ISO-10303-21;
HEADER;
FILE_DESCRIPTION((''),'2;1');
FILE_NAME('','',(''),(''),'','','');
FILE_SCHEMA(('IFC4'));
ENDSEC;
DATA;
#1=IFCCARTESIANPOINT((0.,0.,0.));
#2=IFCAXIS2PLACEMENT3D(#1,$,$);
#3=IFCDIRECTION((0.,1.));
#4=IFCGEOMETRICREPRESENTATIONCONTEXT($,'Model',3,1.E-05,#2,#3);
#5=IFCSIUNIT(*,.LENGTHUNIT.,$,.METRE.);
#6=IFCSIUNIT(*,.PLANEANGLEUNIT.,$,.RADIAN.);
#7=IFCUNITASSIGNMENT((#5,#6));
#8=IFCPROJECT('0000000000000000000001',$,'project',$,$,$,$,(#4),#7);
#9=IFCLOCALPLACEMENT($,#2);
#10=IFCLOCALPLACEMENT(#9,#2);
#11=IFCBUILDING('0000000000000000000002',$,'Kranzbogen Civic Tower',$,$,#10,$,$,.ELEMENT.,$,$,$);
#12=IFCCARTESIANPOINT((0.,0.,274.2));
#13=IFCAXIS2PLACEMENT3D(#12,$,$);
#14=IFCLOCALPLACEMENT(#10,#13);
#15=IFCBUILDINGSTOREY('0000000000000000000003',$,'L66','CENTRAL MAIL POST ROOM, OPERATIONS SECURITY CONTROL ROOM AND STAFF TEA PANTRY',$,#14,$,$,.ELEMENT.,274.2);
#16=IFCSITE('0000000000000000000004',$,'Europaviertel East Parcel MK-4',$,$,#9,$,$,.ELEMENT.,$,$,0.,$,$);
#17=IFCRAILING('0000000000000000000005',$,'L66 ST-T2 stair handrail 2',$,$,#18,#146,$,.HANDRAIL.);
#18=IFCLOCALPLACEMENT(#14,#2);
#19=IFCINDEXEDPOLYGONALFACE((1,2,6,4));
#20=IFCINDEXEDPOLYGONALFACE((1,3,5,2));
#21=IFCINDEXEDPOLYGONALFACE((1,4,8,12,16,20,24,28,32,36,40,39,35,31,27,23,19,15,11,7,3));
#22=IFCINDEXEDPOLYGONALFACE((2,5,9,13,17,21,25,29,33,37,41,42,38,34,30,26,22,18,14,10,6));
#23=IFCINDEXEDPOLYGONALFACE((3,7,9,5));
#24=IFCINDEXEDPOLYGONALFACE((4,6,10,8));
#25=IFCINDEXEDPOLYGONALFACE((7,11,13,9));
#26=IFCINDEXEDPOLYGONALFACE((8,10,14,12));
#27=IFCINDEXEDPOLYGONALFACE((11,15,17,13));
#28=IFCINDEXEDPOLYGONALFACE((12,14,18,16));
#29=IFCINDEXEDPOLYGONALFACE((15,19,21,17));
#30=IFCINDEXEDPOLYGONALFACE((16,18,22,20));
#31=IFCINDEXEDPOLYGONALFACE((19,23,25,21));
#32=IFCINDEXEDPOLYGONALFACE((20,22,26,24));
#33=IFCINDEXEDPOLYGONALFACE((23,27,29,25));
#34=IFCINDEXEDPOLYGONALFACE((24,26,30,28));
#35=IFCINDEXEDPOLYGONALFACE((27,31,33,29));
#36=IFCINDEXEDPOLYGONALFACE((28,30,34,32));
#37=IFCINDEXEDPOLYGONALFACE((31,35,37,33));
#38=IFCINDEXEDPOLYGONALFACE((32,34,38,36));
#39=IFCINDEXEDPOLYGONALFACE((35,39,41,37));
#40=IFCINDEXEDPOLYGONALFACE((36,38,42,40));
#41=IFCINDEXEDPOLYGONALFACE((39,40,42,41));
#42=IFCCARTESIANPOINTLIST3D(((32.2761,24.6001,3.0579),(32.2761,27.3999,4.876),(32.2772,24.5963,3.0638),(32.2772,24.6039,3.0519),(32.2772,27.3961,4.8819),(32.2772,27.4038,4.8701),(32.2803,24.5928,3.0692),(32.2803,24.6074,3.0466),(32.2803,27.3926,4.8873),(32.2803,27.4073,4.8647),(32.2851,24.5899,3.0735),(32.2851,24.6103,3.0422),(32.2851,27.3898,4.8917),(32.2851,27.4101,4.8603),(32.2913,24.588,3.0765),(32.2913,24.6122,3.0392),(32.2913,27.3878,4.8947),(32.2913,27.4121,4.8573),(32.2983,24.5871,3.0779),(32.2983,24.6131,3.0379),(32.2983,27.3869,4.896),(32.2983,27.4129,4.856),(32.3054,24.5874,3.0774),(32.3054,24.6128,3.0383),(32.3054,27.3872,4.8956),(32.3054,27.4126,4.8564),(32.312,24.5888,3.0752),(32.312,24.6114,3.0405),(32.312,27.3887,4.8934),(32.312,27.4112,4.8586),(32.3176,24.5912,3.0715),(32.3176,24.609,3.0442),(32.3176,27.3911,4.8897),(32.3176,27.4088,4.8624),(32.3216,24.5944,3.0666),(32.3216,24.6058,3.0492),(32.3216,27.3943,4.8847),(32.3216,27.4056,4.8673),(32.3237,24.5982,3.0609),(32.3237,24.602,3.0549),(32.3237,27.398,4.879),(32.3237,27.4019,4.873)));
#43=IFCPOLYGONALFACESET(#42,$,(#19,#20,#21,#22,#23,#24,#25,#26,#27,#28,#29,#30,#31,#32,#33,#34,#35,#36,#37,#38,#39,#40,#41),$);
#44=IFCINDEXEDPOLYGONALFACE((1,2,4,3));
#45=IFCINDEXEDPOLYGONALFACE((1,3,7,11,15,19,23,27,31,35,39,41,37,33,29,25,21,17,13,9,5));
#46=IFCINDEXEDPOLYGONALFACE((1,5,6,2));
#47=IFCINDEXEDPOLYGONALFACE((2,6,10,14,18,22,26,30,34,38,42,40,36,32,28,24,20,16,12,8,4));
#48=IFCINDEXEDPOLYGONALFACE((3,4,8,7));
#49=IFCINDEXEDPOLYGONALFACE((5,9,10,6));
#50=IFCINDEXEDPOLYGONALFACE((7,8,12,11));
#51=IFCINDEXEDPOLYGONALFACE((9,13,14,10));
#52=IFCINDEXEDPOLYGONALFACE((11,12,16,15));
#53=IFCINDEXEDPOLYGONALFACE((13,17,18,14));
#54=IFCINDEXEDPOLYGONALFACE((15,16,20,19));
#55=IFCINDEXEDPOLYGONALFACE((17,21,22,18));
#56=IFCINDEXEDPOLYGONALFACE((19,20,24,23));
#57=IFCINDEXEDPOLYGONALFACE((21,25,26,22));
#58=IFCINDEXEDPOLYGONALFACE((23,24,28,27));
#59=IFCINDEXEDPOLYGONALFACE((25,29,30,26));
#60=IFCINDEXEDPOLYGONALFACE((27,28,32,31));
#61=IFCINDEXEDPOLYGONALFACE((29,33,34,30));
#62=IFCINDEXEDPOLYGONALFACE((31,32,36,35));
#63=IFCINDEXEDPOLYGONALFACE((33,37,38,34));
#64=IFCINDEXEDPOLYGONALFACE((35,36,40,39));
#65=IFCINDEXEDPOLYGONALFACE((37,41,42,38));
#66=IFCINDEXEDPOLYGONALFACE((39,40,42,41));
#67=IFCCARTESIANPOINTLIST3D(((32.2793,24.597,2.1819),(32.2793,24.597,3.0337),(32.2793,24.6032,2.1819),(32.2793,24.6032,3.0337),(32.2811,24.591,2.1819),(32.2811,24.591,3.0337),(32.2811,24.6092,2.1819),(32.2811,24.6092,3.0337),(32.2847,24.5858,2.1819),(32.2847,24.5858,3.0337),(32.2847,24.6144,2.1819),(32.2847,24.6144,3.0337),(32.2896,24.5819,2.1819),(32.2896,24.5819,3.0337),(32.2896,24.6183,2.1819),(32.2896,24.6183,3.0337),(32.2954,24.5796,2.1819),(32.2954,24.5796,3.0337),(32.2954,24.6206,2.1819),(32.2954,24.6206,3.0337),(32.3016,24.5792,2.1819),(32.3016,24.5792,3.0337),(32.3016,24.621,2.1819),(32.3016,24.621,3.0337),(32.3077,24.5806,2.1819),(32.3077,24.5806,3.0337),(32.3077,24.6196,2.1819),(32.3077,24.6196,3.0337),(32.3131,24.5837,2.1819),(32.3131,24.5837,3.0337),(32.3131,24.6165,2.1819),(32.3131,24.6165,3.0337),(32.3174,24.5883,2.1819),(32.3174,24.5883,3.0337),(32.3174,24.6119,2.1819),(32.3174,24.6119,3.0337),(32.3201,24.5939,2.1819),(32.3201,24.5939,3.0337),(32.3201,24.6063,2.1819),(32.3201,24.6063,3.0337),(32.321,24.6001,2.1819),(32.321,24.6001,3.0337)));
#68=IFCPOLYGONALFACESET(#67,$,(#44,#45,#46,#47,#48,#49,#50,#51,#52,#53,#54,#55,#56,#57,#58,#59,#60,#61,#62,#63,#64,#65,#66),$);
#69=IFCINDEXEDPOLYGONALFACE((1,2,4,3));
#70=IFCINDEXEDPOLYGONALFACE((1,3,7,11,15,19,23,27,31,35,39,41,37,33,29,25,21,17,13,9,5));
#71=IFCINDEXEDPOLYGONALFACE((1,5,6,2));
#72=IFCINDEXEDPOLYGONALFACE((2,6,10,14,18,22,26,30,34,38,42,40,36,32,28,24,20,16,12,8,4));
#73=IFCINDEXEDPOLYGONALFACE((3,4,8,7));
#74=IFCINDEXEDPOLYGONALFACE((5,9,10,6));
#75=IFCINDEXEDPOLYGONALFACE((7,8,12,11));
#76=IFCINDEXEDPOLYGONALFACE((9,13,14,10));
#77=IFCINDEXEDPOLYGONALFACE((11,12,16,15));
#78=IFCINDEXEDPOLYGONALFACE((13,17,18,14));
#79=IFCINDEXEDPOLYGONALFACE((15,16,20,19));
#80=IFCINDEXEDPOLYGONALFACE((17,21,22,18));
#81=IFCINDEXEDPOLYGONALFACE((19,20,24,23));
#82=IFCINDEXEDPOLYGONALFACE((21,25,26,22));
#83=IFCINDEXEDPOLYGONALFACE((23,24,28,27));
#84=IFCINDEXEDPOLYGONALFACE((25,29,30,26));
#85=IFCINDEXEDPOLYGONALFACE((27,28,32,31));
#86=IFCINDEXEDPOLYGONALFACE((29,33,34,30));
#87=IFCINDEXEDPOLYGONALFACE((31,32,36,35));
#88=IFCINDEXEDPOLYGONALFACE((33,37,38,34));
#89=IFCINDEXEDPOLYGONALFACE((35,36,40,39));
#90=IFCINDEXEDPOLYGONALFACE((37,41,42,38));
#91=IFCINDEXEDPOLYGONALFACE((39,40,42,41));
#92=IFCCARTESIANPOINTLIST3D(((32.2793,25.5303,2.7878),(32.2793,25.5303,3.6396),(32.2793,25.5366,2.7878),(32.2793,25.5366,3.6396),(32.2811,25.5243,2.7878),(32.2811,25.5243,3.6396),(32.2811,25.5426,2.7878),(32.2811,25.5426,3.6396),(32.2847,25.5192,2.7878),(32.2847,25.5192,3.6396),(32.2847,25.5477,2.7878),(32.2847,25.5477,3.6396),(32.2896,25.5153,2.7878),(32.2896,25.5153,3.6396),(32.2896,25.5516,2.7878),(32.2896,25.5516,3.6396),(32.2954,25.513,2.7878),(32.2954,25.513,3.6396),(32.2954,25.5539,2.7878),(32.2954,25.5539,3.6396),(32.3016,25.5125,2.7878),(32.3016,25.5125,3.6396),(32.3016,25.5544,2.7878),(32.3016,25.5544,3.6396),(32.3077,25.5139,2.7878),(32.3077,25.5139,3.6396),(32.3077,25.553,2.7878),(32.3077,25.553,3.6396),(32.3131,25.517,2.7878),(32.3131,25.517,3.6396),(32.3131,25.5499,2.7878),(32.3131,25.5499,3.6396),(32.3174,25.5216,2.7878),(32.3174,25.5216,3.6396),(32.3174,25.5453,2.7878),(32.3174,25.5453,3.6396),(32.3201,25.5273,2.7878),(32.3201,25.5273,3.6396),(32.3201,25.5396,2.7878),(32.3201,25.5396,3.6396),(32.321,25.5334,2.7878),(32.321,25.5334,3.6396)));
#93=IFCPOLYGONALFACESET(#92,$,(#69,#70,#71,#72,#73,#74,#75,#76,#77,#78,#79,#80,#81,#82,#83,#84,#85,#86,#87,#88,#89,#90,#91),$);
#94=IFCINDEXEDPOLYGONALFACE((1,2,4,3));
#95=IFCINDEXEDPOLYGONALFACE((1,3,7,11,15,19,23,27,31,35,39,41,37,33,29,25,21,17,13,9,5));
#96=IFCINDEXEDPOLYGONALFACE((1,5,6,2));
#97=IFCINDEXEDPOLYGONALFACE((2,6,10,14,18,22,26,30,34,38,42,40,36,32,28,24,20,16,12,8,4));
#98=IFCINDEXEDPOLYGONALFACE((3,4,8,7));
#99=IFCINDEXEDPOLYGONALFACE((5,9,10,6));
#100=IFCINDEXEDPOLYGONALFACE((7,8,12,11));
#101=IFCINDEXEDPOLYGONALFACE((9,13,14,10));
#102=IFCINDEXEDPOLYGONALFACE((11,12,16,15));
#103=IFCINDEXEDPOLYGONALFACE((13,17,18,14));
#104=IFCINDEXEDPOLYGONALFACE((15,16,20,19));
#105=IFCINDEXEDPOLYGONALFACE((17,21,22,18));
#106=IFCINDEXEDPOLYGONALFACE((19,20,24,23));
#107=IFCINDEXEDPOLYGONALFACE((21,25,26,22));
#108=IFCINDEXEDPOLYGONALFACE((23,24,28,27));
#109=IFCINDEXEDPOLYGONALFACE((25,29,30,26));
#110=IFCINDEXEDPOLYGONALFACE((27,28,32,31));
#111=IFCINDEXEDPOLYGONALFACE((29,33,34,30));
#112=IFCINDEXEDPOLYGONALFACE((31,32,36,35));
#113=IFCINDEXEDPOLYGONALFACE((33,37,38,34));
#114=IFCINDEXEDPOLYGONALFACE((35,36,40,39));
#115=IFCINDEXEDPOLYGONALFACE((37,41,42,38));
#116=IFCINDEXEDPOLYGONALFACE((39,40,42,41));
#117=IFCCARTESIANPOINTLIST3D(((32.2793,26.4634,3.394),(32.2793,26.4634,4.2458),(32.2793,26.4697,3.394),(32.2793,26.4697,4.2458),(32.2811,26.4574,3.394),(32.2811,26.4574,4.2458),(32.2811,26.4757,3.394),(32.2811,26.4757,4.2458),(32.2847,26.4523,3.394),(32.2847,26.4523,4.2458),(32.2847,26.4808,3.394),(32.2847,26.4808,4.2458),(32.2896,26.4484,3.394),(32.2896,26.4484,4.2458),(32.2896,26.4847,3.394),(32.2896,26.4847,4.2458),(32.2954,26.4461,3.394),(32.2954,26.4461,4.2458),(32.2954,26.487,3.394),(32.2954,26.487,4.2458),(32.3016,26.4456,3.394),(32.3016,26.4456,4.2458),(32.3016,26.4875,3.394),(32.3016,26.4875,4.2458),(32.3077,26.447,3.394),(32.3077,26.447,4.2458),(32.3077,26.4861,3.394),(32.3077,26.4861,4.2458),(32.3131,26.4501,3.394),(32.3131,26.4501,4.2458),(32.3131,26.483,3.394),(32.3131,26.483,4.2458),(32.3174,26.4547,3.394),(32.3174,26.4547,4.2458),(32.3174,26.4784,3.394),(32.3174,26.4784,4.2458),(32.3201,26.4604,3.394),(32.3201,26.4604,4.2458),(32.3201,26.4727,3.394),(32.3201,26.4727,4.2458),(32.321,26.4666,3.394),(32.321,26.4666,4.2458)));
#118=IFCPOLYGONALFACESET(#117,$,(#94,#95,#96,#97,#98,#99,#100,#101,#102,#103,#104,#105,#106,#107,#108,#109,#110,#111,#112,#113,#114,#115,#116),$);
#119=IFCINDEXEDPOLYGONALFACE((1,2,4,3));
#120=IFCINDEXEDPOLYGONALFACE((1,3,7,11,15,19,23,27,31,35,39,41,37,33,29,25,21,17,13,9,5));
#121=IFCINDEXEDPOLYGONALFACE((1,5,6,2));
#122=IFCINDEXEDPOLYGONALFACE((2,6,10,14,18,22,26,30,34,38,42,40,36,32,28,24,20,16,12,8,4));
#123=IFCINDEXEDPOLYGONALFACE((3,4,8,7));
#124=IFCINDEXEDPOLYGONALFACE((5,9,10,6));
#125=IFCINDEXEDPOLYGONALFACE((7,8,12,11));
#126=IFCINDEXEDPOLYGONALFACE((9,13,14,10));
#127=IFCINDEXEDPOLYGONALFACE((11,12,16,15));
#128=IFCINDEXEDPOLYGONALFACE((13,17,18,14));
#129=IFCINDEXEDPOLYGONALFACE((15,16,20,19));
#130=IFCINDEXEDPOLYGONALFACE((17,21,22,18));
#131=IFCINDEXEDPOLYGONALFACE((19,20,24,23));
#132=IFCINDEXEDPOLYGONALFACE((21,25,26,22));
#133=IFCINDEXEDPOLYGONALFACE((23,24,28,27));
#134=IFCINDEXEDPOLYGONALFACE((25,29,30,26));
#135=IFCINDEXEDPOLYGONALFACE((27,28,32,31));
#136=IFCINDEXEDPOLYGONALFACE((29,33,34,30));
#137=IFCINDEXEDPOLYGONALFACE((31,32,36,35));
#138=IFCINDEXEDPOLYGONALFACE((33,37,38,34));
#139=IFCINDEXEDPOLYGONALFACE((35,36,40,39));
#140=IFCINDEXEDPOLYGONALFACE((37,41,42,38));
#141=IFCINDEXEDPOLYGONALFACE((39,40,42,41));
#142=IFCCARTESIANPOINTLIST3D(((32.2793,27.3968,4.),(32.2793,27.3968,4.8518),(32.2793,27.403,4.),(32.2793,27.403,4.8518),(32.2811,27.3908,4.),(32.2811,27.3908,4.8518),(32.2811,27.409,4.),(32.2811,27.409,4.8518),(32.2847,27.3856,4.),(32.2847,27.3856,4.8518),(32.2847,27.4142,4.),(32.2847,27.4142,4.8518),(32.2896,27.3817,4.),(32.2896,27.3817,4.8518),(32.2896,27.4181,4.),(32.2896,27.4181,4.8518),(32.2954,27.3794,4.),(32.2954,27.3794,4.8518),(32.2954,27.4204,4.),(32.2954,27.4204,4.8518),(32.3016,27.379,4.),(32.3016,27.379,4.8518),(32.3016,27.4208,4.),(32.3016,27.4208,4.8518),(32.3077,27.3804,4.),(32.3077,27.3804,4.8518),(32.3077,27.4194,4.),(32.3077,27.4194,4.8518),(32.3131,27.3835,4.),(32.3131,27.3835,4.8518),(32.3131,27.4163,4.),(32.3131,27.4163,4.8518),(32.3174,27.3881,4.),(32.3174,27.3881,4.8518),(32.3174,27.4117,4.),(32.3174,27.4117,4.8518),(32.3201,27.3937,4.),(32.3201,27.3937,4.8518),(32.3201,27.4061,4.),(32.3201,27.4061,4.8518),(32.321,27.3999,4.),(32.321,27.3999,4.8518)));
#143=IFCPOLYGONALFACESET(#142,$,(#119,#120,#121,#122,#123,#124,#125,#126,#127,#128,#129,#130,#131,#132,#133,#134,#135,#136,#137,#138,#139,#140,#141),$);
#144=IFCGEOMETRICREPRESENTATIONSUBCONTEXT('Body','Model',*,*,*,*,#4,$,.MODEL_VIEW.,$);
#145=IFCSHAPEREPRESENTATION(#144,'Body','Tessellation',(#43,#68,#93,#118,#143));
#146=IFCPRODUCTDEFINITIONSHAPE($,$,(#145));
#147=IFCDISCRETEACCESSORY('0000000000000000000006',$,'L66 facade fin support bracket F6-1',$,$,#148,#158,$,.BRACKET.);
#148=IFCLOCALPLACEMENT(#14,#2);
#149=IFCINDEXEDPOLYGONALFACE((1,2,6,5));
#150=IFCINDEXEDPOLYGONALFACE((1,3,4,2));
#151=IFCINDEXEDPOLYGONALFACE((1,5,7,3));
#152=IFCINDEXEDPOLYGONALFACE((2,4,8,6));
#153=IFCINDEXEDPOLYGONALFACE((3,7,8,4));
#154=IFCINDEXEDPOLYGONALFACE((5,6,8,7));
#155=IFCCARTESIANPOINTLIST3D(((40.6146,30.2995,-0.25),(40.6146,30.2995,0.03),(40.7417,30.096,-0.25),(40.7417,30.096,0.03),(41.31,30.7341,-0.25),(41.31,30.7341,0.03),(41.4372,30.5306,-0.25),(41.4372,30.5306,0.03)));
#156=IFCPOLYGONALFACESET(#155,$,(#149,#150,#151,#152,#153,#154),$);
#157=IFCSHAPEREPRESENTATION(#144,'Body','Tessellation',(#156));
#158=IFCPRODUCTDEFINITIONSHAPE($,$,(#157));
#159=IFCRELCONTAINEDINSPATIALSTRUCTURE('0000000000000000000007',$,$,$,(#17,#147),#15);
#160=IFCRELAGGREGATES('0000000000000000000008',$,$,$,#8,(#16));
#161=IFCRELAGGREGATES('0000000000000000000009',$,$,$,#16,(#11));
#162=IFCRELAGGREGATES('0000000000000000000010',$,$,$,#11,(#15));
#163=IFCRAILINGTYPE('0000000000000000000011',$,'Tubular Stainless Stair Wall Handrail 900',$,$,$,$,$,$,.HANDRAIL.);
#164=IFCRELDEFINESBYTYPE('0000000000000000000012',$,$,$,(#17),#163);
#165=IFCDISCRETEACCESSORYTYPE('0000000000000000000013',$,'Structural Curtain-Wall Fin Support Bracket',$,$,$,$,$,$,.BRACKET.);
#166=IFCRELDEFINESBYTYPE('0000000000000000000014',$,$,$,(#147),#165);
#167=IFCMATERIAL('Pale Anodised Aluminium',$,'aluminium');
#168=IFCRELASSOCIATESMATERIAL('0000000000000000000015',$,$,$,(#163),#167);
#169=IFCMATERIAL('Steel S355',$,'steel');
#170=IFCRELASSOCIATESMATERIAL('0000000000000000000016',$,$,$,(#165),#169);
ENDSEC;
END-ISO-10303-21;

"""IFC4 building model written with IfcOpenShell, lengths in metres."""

from ifc_helpers import new_model, si_unit, direction, frame, origin, origin_2d, place, context, subcontext, project, spatial, rectangle, circle, extrude, material, type_object, element, save


model = new_model("IFC4")

# Units and contexts
model_context = context("Model", 3, precision=1e-05, world=origin(), true_north=direction((0.0, 1.0)))
body_context = subcontext(model_context, "Body", "Model", "MODEL_VIEW")
ifc_project = project(units=[si_unit("LENGTHUNIT", "METRE"), si_unit("PLANEANGLEUNIT", "RADIAN")], contexts=[model_context])

# Site, building, storey
site_placement = place(None, origin())
site = spatial("IfcSite", under=ifc_project, at=site_placement, Name="Europaviertel East Parcel MK-4", CompositionType="ELEMENT", RefElevation=0.0)
building_placement = place(site_placement, origin())
building = spatial("IfcBuilding", under=site, at=building_placement, Name="Kranzbogen Civic Tower", CompositionType="ELEMENT")
storey_placement = place(building_placement, frame((0.0, 0.0, 274.2)))
storey = spatial("IfcBuildingStorey", under=building, at=storey_placement, Name="L66", Description="CENTRAL MAIL POST ROOM, OPERATIONS SECURITY CONTROL ROOM AND STAFF TEA PANTRY", CompositionType="ELEMENT", Elevation=274.2)

# Shared definitions
ifc_material_1 = material(Name="Steel S355", Category="steel")

# Shared definitions
ifc_material_2 = material(Name="Pale Anodised Aluminium", Category="aluminium")

# Railing
railing_type_1 = type_object("IfcRailingType", Name="Tubular Stainless Stair Wall Handrail 900", PredefinedType="HANDRAIL", material=ifc_material_2)
railing_1_placement = place(storey_placement, frame((32.3, 24.6001, 2.1819)))
element("IfcRailing", 1, at=railing_1_placement, inside=storey, type_object=railing_type_1, Name="L66 ST-T2 stair handrail 2", PredefinedType="HANDRAIL", context=body_context, shape_type="SweptSolid", body=[
    extrude(circle(Radius=0.0239, at=origin_2d()), frame((0.0, 0.0, 0.876), z_axis=(0.0, 0.838684, 0.544618), x_axis=(-1.0, 0.0, 0.0)), (0.0, 0.0, 1.0), 3.3384),
    extrude(circle(Radius=0.021, at=origin_2d()), origin(), (0.0, 0.0, 1.0), 0.8518),
    extrude(circle(Radius=0.021, at=origin_2d()), frame((0.0, 0.9333, 0.606)), (0.0, 0.0, 1.0), 0.8518),
    extrude(circle(Radius=0.021, at=origin_2d()), frame((0.0, 1.8665, 1.2122)), (0.0, 0.0, 1.0), 0.8518),
    extrude(circle(Radius=0.021, at=origin_2d()), frame((0.0, 2.7998, 1.8181)), (0.0, 0.0, 1.0), 0.8518),
])

# Discrete accessory
discrete_accessory_type = type_object("IfcDiscreteAccessoryType", Name="Structural Curtain-Wall Fin Support Bracket", PredefinedType="BRACKET", material=ifc_material_1)
discrete_accessory_placement = place(storey_placement, frame((41.0259, 30.415, -0.25), z_axis=(0.0, 0.0, 1.0), x_axis=(0.848048, 0.529919, 0.0)))
element("IfcDiscreteAccessory", 2, at=discrete_accessory_placement, inside=storey, type_object=discrete_accessory_type, Name="L66 facade fin support bracket F6-1", PredefinedType="BRACKET", context=body_context, shape_type="SweptSolid", body=[
    extrude(rectangle(XDim=0.8201, YDim=0.24, at=origin_2d()), origin(), (0.0, 0.0, 1.0), 0.28),
])

save(model, "model.ifc")
